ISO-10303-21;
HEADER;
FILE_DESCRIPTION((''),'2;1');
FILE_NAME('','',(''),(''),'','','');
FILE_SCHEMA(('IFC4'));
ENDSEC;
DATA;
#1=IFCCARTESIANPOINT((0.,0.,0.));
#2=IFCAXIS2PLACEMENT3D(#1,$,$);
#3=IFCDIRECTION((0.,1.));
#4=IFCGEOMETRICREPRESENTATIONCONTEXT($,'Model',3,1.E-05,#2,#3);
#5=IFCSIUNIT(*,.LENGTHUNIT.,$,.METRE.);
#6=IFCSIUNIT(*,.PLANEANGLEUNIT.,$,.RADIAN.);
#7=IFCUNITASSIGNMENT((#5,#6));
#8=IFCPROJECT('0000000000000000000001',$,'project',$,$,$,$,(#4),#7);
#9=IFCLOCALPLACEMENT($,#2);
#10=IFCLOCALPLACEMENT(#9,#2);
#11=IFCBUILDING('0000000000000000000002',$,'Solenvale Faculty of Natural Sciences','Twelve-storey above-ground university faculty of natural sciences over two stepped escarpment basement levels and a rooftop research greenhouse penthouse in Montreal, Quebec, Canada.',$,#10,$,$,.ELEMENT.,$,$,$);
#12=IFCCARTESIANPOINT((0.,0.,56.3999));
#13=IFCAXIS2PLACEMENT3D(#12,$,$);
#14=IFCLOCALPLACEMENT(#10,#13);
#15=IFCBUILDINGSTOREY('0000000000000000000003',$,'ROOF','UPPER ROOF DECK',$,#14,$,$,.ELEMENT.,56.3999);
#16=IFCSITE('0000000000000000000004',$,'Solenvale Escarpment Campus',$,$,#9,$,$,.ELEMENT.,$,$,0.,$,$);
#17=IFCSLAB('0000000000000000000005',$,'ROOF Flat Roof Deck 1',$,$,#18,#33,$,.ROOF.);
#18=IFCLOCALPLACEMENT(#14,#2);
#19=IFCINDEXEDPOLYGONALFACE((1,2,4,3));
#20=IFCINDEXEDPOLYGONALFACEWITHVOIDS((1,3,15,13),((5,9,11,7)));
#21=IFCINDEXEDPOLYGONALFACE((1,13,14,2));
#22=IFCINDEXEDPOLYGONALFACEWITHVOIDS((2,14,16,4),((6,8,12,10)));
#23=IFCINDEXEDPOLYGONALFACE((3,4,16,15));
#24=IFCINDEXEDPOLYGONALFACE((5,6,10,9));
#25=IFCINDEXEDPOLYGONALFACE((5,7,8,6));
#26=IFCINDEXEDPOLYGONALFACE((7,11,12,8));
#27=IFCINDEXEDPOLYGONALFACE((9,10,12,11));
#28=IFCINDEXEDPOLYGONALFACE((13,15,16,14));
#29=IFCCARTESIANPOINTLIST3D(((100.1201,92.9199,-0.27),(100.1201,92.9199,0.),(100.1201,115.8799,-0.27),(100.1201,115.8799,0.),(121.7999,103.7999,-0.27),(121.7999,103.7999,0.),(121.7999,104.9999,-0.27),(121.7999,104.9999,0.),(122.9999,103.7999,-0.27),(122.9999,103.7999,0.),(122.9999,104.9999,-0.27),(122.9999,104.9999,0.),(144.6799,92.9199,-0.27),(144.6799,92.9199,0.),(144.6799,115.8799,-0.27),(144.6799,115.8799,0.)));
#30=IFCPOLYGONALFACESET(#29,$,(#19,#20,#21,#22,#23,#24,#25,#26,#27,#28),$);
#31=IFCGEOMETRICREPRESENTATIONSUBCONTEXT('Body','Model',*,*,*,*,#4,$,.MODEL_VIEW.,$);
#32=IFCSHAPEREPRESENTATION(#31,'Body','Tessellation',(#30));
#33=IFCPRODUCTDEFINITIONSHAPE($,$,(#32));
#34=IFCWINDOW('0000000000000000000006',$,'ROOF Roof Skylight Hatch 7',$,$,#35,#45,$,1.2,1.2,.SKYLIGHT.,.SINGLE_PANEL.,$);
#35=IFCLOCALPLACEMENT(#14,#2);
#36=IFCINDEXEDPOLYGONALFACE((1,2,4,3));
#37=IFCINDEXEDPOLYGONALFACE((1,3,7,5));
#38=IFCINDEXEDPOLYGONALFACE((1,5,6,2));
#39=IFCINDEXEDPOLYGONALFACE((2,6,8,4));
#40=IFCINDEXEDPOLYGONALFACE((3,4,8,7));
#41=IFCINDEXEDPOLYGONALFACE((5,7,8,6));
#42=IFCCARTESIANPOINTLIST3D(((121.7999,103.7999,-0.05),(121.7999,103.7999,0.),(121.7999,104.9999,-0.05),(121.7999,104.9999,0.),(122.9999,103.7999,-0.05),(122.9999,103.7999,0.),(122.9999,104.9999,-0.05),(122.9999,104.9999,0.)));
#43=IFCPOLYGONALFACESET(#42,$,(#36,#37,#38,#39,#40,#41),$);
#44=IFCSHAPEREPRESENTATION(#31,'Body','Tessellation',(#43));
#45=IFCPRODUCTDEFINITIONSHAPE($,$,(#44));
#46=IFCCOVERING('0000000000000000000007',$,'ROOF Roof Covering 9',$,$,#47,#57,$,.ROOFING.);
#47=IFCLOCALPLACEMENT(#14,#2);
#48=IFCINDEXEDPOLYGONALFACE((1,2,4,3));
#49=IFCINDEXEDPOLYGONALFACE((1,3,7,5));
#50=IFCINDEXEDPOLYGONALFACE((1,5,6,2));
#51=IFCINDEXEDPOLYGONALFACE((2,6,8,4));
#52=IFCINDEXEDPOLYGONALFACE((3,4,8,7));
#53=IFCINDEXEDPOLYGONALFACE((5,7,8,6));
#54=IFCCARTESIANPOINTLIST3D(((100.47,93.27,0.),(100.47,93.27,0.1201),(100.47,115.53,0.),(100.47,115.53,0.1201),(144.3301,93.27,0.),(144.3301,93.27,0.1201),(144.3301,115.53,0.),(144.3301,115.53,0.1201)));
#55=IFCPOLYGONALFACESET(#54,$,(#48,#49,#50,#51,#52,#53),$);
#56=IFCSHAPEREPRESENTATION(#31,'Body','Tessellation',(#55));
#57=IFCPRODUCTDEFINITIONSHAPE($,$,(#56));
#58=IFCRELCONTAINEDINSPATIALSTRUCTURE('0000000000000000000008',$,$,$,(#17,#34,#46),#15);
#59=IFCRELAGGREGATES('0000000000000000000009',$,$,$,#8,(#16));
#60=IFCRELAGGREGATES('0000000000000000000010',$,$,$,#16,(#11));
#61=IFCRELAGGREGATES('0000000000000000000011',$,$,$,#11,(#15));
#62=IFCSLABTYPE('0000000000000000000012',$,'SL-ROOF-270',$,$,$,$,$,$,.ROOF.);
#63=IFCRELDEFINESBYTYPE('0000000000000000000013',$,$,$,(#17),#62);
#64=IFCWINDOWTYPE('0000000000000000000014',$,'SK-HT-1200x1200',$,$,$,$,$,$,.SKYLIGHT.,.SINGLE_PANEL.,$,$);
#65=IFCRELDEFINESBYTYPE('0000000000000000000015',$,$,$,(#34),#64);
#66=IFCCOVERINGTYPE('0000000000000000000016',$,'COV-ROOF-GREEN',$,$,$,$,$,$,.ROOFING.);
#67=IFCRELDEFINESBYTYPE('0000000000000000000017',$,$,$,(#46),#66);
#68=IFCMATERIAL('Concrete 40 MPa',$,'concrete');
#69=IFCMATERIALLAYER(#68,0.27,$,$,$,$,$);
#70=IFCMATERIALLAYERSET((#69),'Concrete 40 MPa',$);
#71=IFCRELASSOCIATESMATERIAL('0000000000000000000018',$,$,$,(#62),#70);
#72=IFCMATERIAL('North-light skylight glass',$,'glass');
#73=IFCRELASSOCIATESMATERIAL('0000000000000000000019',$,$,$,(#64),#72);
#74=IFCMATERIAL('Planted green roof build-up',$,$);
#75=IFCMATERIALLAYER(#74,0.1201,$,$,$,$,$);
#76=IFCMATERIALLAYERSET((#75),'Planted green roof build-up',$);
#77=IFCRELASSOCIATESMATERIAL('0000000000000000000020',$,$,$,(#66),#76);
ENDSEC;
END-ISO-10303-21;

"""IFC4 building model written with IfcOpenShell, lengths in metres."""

from ifc_helpers import new_model, si_unit, direction, frame, origin, origin_2d, place, context, subcontext, project, spatial, polyline, rectangle, outline, extrude, material, layer, layer_set, type_object, element, fill, save


model = new_model("IFC4")

# Units and contexts
model_context = context("Model", 3, precision=1e-05, world=origin(), true_north=direction((0.0, 1.0)))
body_context = subcontext(model_context, "Body", "Model", "MODEL_VIEW")
ifc_project = project(units=[si_unit("LENGTHUNIT", "METRE"), si_unit("PLANEANGLEUNIT", "RADIAN")], contexts=[model_context])

# Site, building, storey
site_placement = place(None, origin())
site = spatial("IfcSite", under=ifc_project, at=site_placement, Name="Solenvale Escarpment Campus", CompositionType="ELEMENT", RefElevation=0.0)
building_placement = place(site_placement, origin())
building = spatial("IfcBuilding", under=site, at=building_placement, Name="Solenvale Faculty of Natural Sciences", Description="Twelve-storey above-ground university faculty of natural sciences over two stepped escarpment basement levels and a rooftop research greenhouse penthouse in Montreal, Quebec, Canada.", CompositionType="ELEMENT")
storey_placement = place(building_placement, frame((0.0, 0.0, 56.3999)))
storey = spatial("IfcBuildingStorey", under=building, at=storey_placement, Name="ROOF", Description="UPPER ROOF DECK", CompositionType="ELEMENT", Elevation=56.3999)

# Slab, opening, window
ifc_material_1 = material(Name="Concrete 40 MPa", Category="concrete")
ifc_layer_1 = layer(ifc_material_1, 0.27)
ifc_layer_set_1 = layer_set([ifc_layer_1], Name="Concrete 40 MPa")
slab_type = type_object("IfcSlabType", Name="SL-ROOF-270", PredefinedType="ROOF", material=ifc_layer_set_1)
slab_placement = place(storey_placement, frame((0.0, 0.0, -0.27)))
slab = element("IfcSlab", 1, at=slab_placement, inside=storey, type_object=slab_type, Name="ROOF Flat Roof Deck 1", PredefinedType="ROOF", context=body_context, shape_type="SweptSolid", body=[
    extrude(outline(polyline([(144.6799, 115.8799), (144.6799, 92.9199), (100.1201, 92.9199), (100.1201, 115.8799), (144.6799, 115.8799)])), origin(), (0.0, 0.0, 1.0), 0.27),
])
opening_placement = place(slab_placement, frame((122.3999, 104.3999, -0.01)))
opening = element("IfcOpeningElement", 2, at=opening_placement, cuts=slab, PredefinedType="OPENING", context=body_context, shape_type="SweptSolid", body=[
    extrude(rectangle(XDim=1.2, YDim=1.2, at=origin_2d()), origin(), (0.0, 0.0, 1.0), 0.29),
])
ifc_material_2 = material(Name="North-light skylight glass", Category="glass")
window_type = type_object("IfcWindowType", Name="SK-HT-1200x1200", PartitioningType="SINGLE_PANEL", PredefinedType="SKYLIGHT", material=ifc_material_2)
window_placement = place(slab_placement, frame((122.3999, 104.3999, 0.22)))
window = element("IfcWindow", 3, at=window_placement, inside=storey, type_object=window_type, Name="ROOF Roof Skylight Hatch 7", OverallHeight=1.2, OverallWidth=1.2, PartitioningType="SINGLE_PANEL", PredefinedType="SKYLIGHT", context=body_context, shape_type="SweptSolid", body=[
    extrude(rectangle(XDim=1.2, YDim=1.2, at=origin_2d()), origin(), (0.0, 0.0, 1.0), 0.05),
])
fill(opening, window)

# Covering
ifc_material_3 = material(Name="Planted green roof build-up")
ifc_layer_2 = layer(ifc_material_3, 0.1201)
ifc_layer_set_2 = layer_set([ifc_layer_2], Name="Planted green roof build-up")
covering_type = type_object("IfcCoveringType", Name="COV-ROOF-GREEN", PredefinedType="ROOFING", material=ifc_layer_set_2)
covering_placement = place(storey_placement, origin())
element("IfcCovering", 4, at=covering_placement, inside=storey, type_object=covering_type, Name="ROOF Roof Covering 9", PredefinedType="ROOFING", context=body_context, shape_type="SweptSolid", body=[
    extrude(outline(polyline([(144.3301, 115.53), (144.3301, 93.27), (100.47, 93.27), (100.47, 115.53), (144.3301, 115.53)])), origin(), (0.0, 0.0, 1.0), 0.1201),
])

save(model, "model.ifc")
